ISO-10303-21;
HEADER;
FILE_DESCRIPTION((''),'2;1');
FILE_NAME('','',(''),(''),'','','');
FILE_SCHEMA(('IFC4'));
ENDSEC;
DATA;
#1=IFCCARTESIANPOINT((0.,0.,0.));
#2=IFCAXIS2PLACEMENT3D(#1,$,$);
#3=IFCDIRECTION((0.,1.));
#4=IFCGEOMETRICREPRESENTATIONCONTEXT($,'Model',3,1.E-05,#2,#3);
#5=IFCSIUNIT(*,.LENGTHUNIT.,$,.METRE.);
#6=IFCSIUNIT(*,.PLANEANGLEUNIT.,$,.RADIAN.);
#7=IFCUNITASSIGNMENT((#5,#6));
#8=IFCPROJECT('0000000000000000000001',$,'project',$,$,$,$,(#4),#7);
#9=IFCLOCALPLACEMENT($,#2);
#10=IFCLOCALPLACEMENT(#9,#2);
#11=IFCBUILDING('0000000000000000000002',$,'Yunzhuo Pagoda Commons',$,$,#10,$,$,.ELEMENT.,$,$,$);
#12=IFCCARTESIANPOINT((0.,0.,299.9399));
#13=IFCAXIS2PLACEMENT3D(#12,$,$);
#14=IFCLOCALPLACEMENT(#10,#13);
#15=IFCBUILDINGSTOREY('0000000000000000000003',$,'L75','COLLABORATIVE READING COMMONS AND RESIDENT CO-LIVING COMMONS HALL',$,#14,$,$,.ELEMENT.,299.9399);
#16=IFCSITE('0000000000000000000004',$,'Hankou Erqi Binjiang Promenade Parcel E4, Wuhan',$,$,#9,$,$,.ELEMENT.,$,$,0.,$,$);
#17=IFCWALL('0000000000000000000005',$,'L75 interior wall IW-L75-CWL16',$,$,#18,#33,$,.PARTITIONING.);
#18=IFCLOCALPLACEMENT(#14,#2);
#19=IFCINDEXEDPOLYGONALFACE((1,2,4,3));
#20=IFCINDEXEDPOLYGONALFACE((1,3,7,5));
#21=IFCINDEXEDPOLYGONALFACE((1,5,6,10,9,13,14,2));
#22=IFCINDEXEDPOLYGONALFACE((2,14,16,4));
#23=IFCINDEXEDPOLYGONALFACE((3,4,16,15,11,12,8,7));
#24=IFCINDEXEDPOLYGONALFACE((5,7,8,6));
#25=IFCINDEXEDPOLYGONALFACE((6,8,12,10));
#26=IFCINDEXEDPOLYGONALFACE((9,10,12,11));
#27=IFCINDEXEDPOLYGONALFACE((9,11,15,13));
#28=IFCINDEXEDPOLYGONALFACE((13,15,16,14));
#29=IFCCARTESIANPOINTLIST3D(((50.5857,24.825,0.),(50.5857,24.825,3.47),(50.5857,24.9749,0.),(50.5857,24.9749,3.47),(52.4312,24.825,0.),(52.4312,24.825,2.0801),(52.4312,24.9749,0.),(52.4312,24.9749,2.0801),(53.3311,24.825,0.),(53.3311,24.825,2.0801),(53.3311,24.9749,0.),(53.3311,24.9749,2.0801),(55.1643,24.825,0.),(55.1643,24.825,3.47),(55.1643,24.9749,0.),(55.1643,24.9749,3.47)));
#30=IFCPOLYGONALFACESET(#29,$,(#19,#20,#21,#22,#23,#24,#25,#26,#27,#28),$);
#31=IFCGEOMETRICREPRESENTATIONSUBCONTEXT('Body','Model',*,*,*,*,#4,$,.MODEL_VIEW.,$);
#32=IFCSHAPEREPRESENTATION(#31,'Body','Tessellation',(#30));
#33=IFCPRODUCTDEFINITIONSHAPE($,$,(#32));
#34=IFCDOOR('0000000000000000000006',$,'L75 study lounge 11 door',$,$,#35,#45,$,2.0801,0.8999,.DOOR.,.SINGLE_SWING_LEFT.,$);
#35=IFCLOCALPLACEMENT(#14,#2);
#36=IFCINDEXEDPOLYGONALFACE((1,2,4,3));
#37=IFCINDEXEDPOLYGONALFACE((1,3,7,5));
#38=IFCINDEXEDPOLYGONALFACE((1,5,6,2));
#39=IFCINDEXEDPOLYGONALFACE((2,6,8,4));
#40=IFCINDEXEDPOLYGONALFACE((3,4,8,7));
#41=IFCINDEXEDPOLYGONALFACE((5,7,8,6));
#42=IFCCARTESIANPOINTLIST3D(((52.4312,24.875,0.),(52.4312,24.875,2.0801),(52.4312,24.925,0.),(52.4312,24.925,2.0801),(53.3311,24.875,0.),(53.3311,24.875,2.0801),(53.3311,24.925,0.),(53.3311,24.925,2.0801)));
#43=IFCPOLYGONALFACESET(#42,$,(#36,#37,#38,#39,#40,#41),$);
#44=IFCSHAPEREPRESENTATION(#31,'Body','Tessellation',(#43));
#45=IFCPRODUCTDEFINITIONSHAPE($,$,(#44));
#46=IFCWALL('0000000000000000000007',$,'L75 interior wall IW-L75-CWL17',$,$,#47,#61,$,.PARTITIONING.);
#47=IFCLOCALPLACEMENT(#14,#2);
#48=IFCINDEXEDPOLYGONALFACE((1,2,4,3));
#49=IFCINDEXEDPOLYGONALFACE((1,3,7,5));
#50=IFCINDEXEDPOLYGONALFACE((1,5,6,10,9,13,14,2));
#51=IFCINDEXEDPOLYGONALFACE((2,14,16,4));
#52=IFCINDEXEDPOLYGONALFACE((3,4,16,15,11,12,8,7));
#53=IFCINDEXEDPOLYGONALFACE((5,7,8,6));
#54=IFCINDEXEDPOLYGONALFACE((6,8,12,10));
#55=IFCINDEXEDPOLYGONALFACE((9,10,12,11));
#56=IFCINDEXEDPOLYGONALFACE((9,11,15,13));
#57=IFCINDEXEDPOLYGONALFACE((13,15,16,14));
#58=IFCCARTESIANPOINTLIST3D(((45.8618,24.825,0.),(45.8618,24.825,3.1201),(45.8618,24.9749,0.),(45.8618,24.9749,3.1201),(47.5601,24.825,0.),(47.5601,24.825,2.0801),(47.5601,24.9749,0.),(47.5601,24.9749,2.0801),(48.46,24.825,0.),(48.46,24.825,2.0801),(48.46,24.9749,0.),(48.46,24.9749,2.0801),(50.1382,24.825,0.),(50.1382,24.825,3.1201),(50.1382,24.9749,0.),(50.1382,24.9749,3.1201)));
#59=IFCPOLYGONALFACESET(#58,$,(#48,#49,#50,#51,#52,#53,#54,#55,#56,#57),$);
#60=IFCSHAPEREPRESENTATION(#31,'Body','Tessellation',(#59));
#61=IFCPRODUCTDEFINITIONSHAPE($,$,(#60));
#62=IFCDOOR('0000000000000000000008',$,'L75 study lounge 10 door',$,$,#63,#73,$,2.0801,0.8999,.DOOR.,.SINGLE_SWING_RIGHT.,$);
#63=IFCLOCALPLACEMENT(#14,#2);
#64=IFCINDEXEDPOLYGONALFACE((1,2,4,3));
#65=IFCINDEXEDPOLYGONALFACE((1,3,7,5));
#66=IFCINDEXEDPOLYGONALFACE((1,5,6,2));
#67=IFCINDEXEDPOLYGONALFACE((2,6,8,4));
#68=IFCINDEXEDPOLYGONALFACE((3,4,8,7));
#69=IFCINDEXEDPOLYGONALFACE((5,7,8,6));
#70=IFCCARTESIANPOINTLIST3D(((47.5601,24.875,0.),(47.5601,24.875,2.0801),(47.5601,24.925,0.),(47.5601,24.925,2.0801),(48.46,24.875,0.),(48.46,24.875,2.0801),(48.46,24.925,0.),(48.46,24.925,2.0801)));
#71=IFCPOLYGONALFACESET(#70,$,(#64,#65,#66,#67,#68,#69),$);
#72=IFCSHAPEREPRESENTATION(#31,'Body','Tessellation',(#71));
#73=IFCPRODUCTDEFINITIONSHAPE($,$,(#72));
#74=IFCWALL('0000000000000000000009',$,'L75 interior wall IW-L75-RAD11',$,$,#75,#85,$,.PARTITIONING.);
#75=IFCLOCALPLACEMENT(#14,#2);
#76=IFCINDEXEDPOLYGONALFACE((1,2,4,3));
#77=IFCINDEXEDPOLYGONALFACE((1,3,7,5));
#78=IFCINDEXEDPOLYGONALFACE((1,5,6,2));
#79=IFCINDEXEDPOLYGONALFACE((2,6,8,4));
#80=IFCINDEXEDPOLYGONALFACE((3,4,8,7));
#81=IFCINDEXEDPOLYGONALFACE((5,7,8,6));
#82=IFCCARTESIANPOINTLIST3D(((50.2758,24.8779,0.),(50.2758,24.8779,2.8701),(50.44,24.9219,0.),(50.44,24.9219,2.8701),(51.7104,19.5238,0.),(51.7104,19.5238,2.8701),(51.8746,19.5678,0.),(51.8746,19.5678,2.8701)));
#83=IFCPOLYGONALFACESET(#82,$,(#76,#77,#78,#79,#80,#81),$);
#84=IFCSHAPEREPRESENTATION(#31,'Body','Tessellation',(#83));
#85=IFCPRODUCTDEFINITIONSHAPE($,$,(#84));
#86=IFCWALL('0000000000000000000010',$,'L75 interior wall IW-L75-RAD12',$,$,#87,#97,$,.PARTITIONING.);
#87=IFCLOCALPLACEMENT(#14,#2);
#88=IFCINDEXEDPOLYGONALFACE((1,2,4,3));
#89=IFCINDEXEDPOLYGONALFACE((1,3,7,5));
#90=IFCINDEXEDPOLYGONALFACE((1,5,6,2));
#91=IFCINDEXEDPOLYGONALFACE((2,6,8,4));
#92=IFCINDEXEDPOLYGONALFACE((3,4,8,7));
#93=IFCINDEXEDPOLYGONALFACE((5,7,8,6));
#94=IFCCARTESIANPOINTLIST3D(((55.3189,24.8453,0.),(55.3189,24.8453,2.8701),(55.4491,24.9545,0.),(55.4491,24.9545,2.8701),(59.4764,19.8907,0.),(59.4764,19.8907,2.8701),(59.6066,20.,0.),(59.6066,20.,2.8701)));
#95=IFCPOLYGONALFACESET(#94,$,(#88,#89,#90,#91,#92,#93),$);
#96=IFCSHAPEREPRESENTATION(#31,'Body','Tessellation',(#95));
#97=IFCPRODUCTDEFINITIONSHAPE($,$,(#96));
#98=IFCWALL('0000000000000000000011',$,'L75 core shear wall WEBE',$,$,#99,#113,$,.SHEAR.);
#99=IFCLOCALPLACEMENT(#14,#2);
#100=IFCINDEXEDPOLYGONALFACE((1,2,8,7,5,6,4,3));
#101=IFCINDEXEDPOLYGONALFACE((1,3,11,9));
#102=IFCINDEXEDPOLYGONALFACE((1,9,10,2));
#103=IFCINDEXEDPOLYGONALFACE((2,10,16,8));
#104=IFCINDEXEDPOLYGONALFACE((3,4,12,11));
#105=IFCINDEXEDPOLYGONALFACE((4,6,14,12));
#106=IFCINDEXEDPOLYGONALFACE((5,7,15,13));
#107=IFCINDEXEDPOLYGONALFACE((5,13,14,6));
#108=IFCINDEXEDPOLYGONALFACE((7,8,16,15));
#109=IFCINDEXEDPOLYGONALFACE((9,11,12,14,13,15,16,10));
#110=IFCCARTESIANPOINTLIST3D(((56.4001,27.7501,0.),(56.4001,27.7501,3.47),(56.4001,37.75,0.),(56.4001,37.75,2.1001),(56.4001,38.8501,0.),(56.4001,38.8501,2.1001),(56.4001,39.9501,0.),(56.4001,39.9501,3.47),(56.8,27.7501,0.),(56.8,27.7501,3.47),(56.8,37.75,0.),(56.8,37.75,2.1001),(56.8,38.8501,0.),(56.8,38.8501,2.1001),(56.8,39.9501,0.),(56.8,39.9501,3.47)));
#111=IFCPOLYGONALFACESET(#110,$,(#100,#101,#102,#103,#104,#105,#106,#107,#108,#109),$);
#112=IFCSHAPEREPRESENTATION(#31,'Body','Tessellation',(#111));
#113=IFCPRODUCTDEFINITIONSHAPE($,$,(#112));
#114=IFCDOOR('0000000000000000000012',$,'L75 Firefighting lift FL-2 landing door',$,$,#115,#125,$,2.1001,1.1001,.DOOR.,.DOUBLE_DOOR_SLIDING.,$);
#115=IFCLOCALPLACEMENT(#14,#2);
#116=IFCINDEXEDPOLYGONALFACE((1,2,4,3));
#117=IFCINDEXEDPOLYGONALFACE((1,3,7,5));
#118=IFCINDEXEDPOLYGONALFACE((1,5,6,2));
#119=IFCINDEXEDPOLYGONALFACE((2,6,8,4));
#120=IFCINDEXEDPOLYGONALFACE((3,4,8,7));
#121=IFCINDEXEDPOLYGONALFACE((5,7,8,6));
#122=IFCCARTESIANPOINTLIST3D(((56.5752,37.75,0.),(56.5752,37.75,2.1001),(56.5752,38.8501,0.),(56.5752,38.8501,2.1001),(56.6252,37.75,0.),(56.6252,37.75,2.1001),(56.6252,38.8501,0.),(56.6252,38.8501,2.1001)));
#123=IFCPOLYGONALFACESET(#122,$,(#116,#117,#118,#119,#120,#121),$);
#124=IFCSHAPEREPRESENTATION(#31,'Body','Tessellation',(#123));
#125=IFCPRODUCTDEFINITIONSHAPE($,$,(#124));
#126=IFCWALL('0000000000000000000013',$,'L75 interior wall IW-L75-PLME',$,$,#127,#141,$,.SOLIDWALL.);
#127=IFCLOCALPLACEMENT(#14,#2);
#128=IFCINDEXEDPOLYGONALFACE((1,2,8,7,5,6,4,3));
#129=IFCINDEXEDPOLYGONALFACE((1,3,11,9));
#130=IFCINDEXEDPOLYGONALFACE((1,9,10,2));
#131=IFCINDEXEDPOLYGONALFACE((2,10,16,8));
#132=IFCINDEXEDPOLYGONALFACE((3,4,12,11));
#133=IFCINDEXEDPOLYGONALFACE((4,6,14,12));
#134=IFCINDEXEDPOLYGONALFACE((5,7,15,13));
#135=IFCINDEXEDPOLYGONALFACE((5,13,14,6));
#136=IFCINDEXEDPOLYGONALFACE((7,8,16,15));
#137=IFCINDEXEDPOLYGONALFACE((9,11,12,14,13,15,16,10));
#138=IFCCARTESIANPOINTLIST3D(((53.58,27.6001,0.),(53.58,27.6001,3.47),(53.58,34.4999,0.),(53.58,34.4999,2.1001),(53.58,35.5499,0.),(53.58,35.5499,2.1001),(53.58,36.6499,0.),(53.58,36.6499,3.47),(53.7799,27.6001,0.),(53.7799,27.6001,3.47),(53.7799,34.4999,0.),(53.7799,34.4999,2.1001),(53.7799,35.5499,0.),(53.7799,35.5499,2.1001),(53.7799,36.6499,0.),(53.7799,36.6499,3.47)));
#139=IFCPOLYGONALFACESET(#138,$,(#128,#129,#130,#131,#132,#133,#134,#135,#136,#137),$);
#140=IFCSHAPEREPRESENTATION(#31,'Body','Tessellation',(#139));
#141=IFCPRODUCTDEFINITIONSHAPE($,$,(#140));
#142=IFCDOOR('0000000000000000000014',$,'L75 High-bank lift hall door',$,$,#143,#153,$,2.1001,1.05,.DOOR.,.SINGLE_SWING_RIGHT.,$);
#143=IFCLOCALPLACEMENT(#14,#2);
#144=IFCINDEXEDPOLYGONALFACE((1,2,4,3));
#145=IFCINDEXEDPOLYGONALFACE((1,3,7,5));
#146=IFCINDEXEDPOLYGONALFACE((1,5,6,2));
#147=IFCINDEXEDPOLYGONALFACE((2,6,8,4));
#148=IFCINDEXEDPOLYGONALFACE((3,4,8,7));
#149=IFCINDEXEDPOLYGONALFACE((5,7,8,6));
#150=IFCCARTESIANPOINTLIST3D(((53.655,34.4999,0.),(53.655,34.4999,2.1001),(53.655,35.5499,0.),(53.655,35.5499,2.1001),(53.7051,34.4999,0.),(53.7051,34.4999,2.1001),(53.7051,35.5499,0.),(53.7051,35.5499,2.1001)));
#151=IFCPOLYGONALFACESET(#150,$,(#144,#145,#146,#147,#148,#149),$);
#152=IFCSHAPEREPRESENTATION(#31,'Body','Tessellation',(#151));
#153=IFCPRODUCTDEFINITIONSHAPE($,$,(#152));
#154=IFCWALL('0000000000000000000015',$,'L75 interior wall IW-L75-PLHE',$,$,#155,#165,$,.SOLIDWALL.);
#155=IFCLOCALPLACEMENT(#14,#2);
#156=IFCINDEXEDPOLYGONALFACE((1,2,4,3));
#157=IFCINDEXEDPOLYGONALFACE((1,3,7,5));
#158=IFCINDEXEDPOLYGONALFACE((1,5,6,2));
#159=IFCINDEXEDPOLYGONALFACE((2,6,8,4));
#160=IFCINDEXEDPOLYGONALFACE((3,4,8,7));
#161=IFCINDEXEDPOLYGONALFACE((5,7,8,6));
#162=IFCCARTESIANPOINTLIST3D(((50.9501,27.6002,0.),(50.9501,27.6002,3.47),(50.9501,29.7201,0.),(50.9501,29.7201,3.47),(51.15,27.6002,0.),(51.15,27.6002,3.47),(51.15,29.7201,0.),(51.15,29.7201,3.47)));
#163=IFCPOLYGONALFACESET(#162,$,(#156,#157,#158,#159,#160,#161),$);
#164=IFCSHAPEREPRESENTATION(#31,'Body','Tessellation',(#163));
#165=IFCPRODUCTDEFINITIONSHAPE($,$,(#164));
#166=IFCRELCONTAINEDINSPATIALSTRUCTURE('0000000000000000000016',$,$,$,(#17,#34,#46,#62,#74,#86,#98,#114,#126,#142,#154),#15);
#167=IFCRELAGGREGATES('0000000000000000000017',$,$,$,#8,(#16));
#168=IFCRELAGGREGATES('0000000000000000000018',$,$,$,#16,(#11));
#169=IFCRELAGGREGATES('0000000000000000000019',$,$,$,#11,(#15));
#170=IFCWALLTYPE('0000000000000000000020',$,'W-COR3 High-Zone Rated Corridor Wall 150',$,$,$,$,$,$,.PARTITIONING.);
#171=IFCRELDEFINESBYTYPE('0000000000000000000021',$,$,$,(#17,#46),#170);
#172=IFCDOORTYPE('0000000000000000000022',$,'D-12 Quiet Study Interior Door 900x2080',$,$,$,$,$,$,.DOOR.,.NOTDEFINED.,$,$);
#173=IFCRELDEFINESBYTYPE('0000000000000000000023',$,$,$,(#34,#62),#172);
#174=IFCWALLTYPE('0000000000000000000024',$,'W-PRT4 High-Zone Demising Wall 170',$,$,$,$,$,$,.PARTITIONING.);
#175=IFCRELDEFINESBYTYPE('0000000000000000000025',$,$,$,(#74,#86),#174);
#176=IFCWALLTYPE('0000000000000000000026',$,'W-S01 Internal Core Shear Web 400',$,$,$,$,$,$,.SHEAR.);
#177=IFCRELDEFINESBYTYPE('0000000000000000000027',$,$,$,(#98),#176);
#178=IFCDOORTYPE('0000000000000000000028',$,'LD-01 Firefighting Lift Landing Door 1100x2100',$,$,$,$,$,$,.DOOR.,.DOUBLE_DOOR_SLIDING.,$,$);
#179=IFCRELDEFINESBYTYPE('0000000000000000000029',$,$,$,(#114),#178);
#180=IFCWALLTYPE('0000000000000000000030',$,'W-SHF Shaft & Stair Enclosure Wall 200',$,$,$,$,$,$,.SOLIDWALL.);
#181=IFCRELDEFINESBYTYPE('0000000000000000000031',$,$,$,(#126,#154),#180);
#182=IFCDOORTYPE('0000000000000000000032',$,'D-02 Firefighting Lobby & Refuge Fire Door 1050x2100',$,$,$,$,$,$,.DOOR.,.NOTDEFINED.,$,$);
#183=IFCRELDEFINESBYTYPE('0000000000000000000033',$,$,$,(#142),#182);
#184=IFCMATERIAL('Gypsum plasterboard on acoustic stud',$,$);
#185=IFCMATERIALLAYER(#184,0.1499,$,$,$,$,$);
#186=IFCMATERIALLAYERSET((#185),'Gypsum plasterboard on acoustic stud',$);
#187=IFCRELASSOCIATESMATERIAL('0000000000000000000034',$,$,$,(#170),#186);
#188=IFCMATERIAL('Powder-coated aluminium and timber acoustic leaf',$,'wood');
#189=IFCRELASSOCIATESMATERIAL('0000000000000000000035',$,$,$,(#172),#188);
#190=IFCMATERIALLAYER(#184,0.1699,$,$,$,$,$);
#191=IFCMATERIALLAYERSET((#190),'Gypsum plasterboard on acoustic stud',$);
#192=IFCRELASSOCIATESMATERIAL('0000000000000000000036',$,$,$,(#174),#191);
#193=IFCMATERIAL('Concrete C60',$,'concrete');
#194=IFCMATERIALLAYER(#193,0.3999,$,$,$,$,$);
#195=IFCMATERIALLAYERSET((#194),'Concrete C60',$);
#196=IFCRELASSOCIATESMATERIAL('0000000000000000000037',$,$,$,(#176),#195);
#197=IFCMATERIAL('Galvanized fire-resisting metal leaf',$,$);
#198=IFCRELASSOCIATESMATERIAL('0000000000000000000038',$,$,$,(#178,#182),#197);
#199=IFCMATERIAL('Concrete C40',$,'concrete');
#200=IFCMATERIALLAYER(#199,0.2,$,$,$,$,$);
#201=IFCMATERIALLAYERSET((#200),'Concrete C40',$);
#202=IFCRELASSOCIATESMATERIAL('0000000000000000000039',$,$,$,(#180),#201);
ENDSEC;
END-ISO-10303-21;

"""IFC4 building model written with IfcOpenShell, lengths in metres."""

from ifc_helpers import new_model, si_unit, direction, frame, frame_2d, origin, origin_with_axes, place, context, subcontext, project, spatial, rectangle, extrude, source, transform, mapped, material, layer, layer_set, type_object, element, fill, save


model = new_model("IFC4")

# Units and contexts
model_context = context("Model", 3, precision=1e-05, world=origin(), true_north=direction((0.0, 1.0)))
body_context = subcontext(model_context, "Body", "Model", "MODEL_VIEW")
ifc_project = project(units=[si_unit("LENGTHUNIT", "METRE"), si_unit("PLANEANGLEUNIT", "RADIAN")], contexts=[model_context])

# Site, building, storey
site_placement = place(None, origin())
site = spatial("IfcSite", under=ifc_project, at=site_placement, Name="Hankou Erqi Binjiang Promenade Parcel E4, Wuhan", CompositionType="ELEMENT", RefElevation=0.0)
building_placement = place(site_placement, origin())
building = spatial("IfcBuilding", under=site, at=building_placement, Name="Yunzhuo Pagoda Commons", CompositionType="ELEMENT")
storey_placement = place(building_placement, frame((0.0, 0.0, 299.9399)))
storey = spatial("IfcBuildingStorey", under=building, at=storey_placement, Name="L75", Description="COLLABORATIVE READING COMMONS AND RESIDENT CO-LIVING COMMONS HALL", CompositionType="ELEMENT", Elevation=299.9399)

# Walls, openings, doors
ifc_material_1 = material(Name="Gypsum plasterboard on acoustic stud")
ifc_layer_1 = layer(ifc_material_1, 0.1499)
ifc_layer_set_1 = layer_set([ifc_layer_1], Name="Gypsum plasterboard on acoustic stud")
wall_type_1 = type_object("IfcWallType", Name="W-COR3 High-Zone Rated Corridor Wall 150", PredefinedType="PARTITIONING", material=ifc_layer_set_1)
ifc_material_2 = material(Name="Galvanized fire-resisting metal leaf")
wall_1_placement = place(storey_placement, frame((55.1643, 24.8999, 0.0), z_axis=(0.0, 0.0, 1.0), x_axis=(-1.0, 0.0, 0.0)))
wall_1 = element("IfcWall", 1, at=wall_1_placement, inside=storey, type_object=wall_type_1, Name="L75 interior wall IW-L75-CWL16", PredefinedType="PARTITIONING", context=body_context, shape_type="SweptSolid", body=[
    extrude(rectangle(XDim=4.5786, YDim=0.1499, at=frame_2d((2.2893, 0.0))), origin(), (0.0, 0.0, 1.0), 3.47),
])
opening_1_placement = place(wall_1_placement, frame((1.8333, 0.0, 0.0)))
opening_1 = element("IfcOpeningElement", 2, at=opening_1_placement, cuts=wall_1, PredefinedType="OPENING", context=body_context, shape_type="SweptSolid", body=[
    extrude(rectangle(XDim=0.8999, YDim=2.0801, at=frame_2d((0.45, 1.04))), frame((0.0, 0.085, 0.0), z_axis=(0.0, -1.0, 0.0), x_axis=(1.0, 0.0, 0.0)), (0.0, 0.0, 1.0), 0.1699),
])
ifc_material_3 = material(Name="Powder-coated aluminium and timber acoustic leaf", Category="wood")
door_type_1 = type_object("IfcDoorType", Name="D-12 Quiet Study Interior Door 900x2080", OperationType="NOTDEFINED", PredefinedType="DOOR", material=ifc_material_3)
shared_shape_1 = source(origin(), body_context, "Body", "SweptSolid", [
    extrude(rectangle(XDim=0.8999, YDim=2.0801, at=frame_2d((0.45, 1.04))), frame((0.0, 0.0249, 0.0), z_axis=(0.0, -1.0, 0.0), x_axis=(1.0, 0.0, 0.0)), (0.0, 0.0, 1.0), 0.05),
])
door_1_placement = place(opening_1_placement, origin_with_axes())
door_1 = element("IfcDoor", 3, at=door_1_placement, inside=storey, type_object=door_type_1, Name="L75 study lounge 11 door", OperationType="SINGLE_SWING_LEFT", OverallHeight=2.0801, OverallWidth=0.8999, PredefinedType="DOOR", context=body_context, shape_type="MappedRepresentation", body=[
    mapped(shared_shape_1, transform((0.0, 0.0, 0.0), scale=1.0)),
])
fill(opening_1, door_1)
wall_2_placement = place(storey_placement, frame((50.1382, 24.8999, 0.0), z_axis=(0.0, 0.0, 1.0), x_axis=(-1.0, 0.0, 0.0)))
wall_2 = element("IfcWall", 4, at=wall_2_placement, inside=storey, type_object=wall_type_1, Name="L75 interior wall IW-L75-CWL17", PredefinedType="PARTITIONING", context=body_context, shape_type="SweptSolid", body=[
    extrude(rectangle(XDim=4.2764, YDim=0.1499, at=frame_2d((2.1382, 0.0))), origin(), (0.0, 0.0, 1.0), 3.1201),
])
opening_2_placement = place(wall_2_placement, frame((1.6782, 0.0, 0.0)))
opening_2 = element("IfcOpeningElement", 5, at=opening_2_placement, cuts=wall_2, PredefinedType="OPENING", context=body_context, shape_type="SweptSolid", body=[
    extrude(rectangle(XDim=0.8999, YDim=2.0801, at=frame_2d((0.45, 1.04))), frame((0.0, 0.085, 0.0), z_axis=(0.0, -1.0, 0.0), x_axis=(1.0, 0.0, 0.0)), (0.0, 0.0, 1.0), 0.1699),
])
door_2_placement = place(opening_2_placement, origin_with_axes())
door_2 = element("IfcDoor", 6, at=door_2_placement, inside=storey, type_object=door_type_1, Name="L75 study lounge 10 door", OperationType="SINGLE_SWING_RIGHT", OverallHeight=2.0801, OverallWidth=0.8999, PredefinedType="DOOR", context=body_context, shape_type="MappedRepresentation", body=[
    mapped(shared_shape_1, transform((0.0, 0.0, 0.0), scale=1.0)),
])
fill(opening_2, door_2)

# Walls
ifc_layer_2 = layer(ifc_material_1, 0.1699)
ifc_layer_set_2 = layer_set([ifc_layer_2], Name="Gypsum plasterboard on acoustic stud")
wall_type_2 = type_object("IfcWallType", Name="W-PRT4 High-Zone Demising Wall 170", PredefinedType="PARTITIONING", material=ifc_layer_set_2)
wall_3_placement = place(storey_placement, frame((50.3579, 24.8999, 0.0), z_axis=(0.0, 0.0, 1.0), x_axis=(0.258814, -0.965927, 0.0)))
element("IfcWall", 7, at=wall_3_placement, inside=storey, type_object=wall_type_2, Name="L75 interior wall IW-L75-RAD11", PredefinedType="PARTITIONING", context=body_context, shape_type="SweptSolid", body=[
    extrude(rectangle(XDim=5.543, YDim=0.1699, at=frame_2d((2.7715, 0.0))), origin(), (0.0, 0.0, 1.0), 2.8701),
])
wall_4_placement = place(storey_placement, frame((55.384, 24.8999, 0.0), z_axis=(0.0, 0.0, 1.0), x_axis=(0.642795, -0.766039, 0.0)))
element("IfcWall", 8, at=wall_4_placement, inside=storey, type_object=wall_type_2, Name="L75 interior wall IW-L75-RAD12", PredefinedType="PARTITIONING", context=body_context, shape_type="SweptSolid", body=[
    extrude(rectangle(XDim=6.4678, YDim=0.1699, at=frame_2d((3.2339, 0.0))), origin(), (0.0, 0.0, 1.0), 2.8701),
])

# Walls, openings, doors
ifc_material_4 = material(Name="Concrete C60", Category="concrete")
ifc_layer_3 = layer(ifc_material_4, 0.3999)
ifc_layer_set_3 = layer_set([ifc_layer_3], Name="Concrete C60")
wall_type_3 = type_object("IfcWallType", Name="W-S01 Internal Core Shear Web 400", PredefinedType="SHEAR", material=ifc_layer_set_3)
wall_5_placement = place(storey_placement, frame((56.6001, 27.75, 0.0), z_axis=(0.0, 0.0, 1.0), x_axis=(0.0, 1.0, 0.0)))
wall_5 = element("IfcWall", 9, at=wall_5_placement, inside=storey, type_object=wall_type_3, Name="L75 core shear wall WEBE", PredefinedType="SHEAR", context=body_context, shape_type="SweptSolid", body=[
    extrude(rectangle(XDim=12.2, YDim=0.3999, at=frame_2d((6.1001, 0.0))), origin(), (0.0, 0.0, 1.0), 3.47),
])
opening_3_placement = place(wall_5_placement, frame((10.0, 0.0, 0.0)))
opening_3 = element("IfcOpeningElement", 10, at=opening_3_placement, cuts=wall_5, PredefinedType="OPENING", context=body_context, shape_type="SweptSolid", body=[
    extrude(rectangle(XDim=1.1001, YDim=2.1001, at=frame_2d((0.55, 1.05))), frame((0.0, 0.21, 0.0), z_axis=(0.0, -1.0, 0.0), x_axis=(1.0, 0.0, 0.0)), (0.0, 0.0, 1.0), 0.4199),
])
door_type_2 = type_object("IfcDoorType", Name="LD-01 Firefighting Lift Landing Door 1100x2100", OperationType="DOUBLE_DOOR_SLIDING", PredefinedType="DOOR", material=ifc_material_2)
shared_shape_2 = source(origin(), body_context, "Body", "SweptSolid", [
    extrude(rectangle(XDim=1.1001, YDim=2.1001, at=frame_2d((0.55, 1.05))), frame((0.0, 0.0249, 0.0), z_axis=(0.0, -1.0, 0.0), x_axis=(1.0, 0.0, 0.0)), (0.0, 0.0, 1.0), 0.05),
])
door_3_placement = place(opening_3_placement, origin_with_axes())
door_3 = element("IfcDoor", 11, at=door_3_placement, inside=storey, type_object=door_type_2, Name="L75 Firefighting lift FL-2 landing door", OperationType="DOUBLE_DOOR_SLIDING", OverallHeight=2.1001, OverallWidth=1.1001, PredefinedType="DOOR", context=body_context, shape_type="MappedRepresentation", body=[
    mapped(shared_shape_2, transform((0.0, 0.0, 0.0), scale=1.0)),
])
fill(opening_3, door_3)
ifc_material_5 = material(Name="Concrete C40", Category="concrete")
ifc_layer_4 = layer(ifc_material_5, 0.2)
ifc_layer_set_4 = layer_set([ifc_layer_4], Name="Concrete C40")
wall_type_4 = type_object("IfcWallType", Name="W-SHF Shaft & Stair Enclosure Wall 200", PredefinedType="SOLIDWALL", material=ifc_layer_set_4)
wall_6_placement = place(storey_placement, frame((53.6799, 27.6001, 0.0), z_axis=(0.0, 0.0, 1.0), x_axis=(0.0, 1.0, 0.0)))
wall_6 = element("IfcWall", 12, at=wall_6_placement, inside=storey, type_object=wall_type_4, Name="L75 interior wall IW-L75-PLME", PredefinedType="SOLIDWALL", context=body_context, shape_type="SweptSolid", body=[
    extrude(rectangle(XDim=9.0498, YDim=0.2, at=frame_2d((4.5249, 0.0))), origin(), (0.0, 0.0, 1.0), 3.47),
])
opening_4_placement = place(wall_6_placement, frame((6.8999, 0.0, 0.0)))
opening_4 = element("IfcOpeningElement", 13, at=opening_4_placement, cuts=wall_6, PredefinedType="OPENING", context=body_context, shape_type="SweptSolid", body=[
    extrude(rectangle(XDim=1.05, YDim=2.1001, at=frame_2d((0.5249, 1.05))), frame((0.0, 0.1099, 0.0), z_axis=(0.0, -1.0, 0.0), x_axis=(1.0, 0.0, 0.0)), (0.0, 0.0, 1.0), 0.22),
])
door_type_3 = type_object("IfcDoorType", Name="D-02 Firefighting Lobby & Refuge Fire Door 1050x2100", OperationType="NOTDEFINED", PredefinedType="DOOR", material=ifc_material_2)
shared_shape_3 = source(origin(), body_context, "Body", "SweptSolid", [
    extrude(rectangle(XDim=1.05, YDim=2.1001, at=frame_2d((0.5249, 1.05))), frame((0.0, 0.0249, 0.0), z_axis=(0.0, -1.0, 0.0), x_axis=(1.0, 0.0, 0.0)), (0.0, 0.0, 1.0), 0.05),
])
door_4_placement = place(opening_4_placement, origin_with_axes())
door_4 = element("IfcDoor", 14, at=door_4_placement, inside=storey, type_object=door_type_3, Name="L75 High-bank lift hall door", OperationType="SINGLE_SWING_RIGHT", OverallHeight=2.1001, OverallWidth=1.05, PredefinedType="DOOR", context=body_context, shape_type="MappedRepresentation", body=[
    mapped(shared_shape_3, transform((0.0, 0.0, 0.0), scale=1.0)),
])
fill(opening_4, door_4)

# Wall
for number, where, z_axis, x_axis, name in (
    (15, (51.05, 27.6001, 0.0), (0.0, 0.0, 1.0), (0.0, 1.0, 0.0), "L75 interior wall IW-L75-PLHE"),
):
    element("IfcWall", number, at=place(storey_placement, frame(where, z_axis=z_axis, x_axis=x_axis)), inside=storey, type_object=wall_type_4, Name=name, PredefinedType="SOLIDWALL", context=body_context, shape_type="SweptSolid", body=[
        extrude(rectangle(XDim=2.1199, YDim=0.2, at=frame_2d((1.0601, 0.0))), origin(), (0.0, 0.0, 1.0), 3.47),
    ])

save(model, "model.ifc")
